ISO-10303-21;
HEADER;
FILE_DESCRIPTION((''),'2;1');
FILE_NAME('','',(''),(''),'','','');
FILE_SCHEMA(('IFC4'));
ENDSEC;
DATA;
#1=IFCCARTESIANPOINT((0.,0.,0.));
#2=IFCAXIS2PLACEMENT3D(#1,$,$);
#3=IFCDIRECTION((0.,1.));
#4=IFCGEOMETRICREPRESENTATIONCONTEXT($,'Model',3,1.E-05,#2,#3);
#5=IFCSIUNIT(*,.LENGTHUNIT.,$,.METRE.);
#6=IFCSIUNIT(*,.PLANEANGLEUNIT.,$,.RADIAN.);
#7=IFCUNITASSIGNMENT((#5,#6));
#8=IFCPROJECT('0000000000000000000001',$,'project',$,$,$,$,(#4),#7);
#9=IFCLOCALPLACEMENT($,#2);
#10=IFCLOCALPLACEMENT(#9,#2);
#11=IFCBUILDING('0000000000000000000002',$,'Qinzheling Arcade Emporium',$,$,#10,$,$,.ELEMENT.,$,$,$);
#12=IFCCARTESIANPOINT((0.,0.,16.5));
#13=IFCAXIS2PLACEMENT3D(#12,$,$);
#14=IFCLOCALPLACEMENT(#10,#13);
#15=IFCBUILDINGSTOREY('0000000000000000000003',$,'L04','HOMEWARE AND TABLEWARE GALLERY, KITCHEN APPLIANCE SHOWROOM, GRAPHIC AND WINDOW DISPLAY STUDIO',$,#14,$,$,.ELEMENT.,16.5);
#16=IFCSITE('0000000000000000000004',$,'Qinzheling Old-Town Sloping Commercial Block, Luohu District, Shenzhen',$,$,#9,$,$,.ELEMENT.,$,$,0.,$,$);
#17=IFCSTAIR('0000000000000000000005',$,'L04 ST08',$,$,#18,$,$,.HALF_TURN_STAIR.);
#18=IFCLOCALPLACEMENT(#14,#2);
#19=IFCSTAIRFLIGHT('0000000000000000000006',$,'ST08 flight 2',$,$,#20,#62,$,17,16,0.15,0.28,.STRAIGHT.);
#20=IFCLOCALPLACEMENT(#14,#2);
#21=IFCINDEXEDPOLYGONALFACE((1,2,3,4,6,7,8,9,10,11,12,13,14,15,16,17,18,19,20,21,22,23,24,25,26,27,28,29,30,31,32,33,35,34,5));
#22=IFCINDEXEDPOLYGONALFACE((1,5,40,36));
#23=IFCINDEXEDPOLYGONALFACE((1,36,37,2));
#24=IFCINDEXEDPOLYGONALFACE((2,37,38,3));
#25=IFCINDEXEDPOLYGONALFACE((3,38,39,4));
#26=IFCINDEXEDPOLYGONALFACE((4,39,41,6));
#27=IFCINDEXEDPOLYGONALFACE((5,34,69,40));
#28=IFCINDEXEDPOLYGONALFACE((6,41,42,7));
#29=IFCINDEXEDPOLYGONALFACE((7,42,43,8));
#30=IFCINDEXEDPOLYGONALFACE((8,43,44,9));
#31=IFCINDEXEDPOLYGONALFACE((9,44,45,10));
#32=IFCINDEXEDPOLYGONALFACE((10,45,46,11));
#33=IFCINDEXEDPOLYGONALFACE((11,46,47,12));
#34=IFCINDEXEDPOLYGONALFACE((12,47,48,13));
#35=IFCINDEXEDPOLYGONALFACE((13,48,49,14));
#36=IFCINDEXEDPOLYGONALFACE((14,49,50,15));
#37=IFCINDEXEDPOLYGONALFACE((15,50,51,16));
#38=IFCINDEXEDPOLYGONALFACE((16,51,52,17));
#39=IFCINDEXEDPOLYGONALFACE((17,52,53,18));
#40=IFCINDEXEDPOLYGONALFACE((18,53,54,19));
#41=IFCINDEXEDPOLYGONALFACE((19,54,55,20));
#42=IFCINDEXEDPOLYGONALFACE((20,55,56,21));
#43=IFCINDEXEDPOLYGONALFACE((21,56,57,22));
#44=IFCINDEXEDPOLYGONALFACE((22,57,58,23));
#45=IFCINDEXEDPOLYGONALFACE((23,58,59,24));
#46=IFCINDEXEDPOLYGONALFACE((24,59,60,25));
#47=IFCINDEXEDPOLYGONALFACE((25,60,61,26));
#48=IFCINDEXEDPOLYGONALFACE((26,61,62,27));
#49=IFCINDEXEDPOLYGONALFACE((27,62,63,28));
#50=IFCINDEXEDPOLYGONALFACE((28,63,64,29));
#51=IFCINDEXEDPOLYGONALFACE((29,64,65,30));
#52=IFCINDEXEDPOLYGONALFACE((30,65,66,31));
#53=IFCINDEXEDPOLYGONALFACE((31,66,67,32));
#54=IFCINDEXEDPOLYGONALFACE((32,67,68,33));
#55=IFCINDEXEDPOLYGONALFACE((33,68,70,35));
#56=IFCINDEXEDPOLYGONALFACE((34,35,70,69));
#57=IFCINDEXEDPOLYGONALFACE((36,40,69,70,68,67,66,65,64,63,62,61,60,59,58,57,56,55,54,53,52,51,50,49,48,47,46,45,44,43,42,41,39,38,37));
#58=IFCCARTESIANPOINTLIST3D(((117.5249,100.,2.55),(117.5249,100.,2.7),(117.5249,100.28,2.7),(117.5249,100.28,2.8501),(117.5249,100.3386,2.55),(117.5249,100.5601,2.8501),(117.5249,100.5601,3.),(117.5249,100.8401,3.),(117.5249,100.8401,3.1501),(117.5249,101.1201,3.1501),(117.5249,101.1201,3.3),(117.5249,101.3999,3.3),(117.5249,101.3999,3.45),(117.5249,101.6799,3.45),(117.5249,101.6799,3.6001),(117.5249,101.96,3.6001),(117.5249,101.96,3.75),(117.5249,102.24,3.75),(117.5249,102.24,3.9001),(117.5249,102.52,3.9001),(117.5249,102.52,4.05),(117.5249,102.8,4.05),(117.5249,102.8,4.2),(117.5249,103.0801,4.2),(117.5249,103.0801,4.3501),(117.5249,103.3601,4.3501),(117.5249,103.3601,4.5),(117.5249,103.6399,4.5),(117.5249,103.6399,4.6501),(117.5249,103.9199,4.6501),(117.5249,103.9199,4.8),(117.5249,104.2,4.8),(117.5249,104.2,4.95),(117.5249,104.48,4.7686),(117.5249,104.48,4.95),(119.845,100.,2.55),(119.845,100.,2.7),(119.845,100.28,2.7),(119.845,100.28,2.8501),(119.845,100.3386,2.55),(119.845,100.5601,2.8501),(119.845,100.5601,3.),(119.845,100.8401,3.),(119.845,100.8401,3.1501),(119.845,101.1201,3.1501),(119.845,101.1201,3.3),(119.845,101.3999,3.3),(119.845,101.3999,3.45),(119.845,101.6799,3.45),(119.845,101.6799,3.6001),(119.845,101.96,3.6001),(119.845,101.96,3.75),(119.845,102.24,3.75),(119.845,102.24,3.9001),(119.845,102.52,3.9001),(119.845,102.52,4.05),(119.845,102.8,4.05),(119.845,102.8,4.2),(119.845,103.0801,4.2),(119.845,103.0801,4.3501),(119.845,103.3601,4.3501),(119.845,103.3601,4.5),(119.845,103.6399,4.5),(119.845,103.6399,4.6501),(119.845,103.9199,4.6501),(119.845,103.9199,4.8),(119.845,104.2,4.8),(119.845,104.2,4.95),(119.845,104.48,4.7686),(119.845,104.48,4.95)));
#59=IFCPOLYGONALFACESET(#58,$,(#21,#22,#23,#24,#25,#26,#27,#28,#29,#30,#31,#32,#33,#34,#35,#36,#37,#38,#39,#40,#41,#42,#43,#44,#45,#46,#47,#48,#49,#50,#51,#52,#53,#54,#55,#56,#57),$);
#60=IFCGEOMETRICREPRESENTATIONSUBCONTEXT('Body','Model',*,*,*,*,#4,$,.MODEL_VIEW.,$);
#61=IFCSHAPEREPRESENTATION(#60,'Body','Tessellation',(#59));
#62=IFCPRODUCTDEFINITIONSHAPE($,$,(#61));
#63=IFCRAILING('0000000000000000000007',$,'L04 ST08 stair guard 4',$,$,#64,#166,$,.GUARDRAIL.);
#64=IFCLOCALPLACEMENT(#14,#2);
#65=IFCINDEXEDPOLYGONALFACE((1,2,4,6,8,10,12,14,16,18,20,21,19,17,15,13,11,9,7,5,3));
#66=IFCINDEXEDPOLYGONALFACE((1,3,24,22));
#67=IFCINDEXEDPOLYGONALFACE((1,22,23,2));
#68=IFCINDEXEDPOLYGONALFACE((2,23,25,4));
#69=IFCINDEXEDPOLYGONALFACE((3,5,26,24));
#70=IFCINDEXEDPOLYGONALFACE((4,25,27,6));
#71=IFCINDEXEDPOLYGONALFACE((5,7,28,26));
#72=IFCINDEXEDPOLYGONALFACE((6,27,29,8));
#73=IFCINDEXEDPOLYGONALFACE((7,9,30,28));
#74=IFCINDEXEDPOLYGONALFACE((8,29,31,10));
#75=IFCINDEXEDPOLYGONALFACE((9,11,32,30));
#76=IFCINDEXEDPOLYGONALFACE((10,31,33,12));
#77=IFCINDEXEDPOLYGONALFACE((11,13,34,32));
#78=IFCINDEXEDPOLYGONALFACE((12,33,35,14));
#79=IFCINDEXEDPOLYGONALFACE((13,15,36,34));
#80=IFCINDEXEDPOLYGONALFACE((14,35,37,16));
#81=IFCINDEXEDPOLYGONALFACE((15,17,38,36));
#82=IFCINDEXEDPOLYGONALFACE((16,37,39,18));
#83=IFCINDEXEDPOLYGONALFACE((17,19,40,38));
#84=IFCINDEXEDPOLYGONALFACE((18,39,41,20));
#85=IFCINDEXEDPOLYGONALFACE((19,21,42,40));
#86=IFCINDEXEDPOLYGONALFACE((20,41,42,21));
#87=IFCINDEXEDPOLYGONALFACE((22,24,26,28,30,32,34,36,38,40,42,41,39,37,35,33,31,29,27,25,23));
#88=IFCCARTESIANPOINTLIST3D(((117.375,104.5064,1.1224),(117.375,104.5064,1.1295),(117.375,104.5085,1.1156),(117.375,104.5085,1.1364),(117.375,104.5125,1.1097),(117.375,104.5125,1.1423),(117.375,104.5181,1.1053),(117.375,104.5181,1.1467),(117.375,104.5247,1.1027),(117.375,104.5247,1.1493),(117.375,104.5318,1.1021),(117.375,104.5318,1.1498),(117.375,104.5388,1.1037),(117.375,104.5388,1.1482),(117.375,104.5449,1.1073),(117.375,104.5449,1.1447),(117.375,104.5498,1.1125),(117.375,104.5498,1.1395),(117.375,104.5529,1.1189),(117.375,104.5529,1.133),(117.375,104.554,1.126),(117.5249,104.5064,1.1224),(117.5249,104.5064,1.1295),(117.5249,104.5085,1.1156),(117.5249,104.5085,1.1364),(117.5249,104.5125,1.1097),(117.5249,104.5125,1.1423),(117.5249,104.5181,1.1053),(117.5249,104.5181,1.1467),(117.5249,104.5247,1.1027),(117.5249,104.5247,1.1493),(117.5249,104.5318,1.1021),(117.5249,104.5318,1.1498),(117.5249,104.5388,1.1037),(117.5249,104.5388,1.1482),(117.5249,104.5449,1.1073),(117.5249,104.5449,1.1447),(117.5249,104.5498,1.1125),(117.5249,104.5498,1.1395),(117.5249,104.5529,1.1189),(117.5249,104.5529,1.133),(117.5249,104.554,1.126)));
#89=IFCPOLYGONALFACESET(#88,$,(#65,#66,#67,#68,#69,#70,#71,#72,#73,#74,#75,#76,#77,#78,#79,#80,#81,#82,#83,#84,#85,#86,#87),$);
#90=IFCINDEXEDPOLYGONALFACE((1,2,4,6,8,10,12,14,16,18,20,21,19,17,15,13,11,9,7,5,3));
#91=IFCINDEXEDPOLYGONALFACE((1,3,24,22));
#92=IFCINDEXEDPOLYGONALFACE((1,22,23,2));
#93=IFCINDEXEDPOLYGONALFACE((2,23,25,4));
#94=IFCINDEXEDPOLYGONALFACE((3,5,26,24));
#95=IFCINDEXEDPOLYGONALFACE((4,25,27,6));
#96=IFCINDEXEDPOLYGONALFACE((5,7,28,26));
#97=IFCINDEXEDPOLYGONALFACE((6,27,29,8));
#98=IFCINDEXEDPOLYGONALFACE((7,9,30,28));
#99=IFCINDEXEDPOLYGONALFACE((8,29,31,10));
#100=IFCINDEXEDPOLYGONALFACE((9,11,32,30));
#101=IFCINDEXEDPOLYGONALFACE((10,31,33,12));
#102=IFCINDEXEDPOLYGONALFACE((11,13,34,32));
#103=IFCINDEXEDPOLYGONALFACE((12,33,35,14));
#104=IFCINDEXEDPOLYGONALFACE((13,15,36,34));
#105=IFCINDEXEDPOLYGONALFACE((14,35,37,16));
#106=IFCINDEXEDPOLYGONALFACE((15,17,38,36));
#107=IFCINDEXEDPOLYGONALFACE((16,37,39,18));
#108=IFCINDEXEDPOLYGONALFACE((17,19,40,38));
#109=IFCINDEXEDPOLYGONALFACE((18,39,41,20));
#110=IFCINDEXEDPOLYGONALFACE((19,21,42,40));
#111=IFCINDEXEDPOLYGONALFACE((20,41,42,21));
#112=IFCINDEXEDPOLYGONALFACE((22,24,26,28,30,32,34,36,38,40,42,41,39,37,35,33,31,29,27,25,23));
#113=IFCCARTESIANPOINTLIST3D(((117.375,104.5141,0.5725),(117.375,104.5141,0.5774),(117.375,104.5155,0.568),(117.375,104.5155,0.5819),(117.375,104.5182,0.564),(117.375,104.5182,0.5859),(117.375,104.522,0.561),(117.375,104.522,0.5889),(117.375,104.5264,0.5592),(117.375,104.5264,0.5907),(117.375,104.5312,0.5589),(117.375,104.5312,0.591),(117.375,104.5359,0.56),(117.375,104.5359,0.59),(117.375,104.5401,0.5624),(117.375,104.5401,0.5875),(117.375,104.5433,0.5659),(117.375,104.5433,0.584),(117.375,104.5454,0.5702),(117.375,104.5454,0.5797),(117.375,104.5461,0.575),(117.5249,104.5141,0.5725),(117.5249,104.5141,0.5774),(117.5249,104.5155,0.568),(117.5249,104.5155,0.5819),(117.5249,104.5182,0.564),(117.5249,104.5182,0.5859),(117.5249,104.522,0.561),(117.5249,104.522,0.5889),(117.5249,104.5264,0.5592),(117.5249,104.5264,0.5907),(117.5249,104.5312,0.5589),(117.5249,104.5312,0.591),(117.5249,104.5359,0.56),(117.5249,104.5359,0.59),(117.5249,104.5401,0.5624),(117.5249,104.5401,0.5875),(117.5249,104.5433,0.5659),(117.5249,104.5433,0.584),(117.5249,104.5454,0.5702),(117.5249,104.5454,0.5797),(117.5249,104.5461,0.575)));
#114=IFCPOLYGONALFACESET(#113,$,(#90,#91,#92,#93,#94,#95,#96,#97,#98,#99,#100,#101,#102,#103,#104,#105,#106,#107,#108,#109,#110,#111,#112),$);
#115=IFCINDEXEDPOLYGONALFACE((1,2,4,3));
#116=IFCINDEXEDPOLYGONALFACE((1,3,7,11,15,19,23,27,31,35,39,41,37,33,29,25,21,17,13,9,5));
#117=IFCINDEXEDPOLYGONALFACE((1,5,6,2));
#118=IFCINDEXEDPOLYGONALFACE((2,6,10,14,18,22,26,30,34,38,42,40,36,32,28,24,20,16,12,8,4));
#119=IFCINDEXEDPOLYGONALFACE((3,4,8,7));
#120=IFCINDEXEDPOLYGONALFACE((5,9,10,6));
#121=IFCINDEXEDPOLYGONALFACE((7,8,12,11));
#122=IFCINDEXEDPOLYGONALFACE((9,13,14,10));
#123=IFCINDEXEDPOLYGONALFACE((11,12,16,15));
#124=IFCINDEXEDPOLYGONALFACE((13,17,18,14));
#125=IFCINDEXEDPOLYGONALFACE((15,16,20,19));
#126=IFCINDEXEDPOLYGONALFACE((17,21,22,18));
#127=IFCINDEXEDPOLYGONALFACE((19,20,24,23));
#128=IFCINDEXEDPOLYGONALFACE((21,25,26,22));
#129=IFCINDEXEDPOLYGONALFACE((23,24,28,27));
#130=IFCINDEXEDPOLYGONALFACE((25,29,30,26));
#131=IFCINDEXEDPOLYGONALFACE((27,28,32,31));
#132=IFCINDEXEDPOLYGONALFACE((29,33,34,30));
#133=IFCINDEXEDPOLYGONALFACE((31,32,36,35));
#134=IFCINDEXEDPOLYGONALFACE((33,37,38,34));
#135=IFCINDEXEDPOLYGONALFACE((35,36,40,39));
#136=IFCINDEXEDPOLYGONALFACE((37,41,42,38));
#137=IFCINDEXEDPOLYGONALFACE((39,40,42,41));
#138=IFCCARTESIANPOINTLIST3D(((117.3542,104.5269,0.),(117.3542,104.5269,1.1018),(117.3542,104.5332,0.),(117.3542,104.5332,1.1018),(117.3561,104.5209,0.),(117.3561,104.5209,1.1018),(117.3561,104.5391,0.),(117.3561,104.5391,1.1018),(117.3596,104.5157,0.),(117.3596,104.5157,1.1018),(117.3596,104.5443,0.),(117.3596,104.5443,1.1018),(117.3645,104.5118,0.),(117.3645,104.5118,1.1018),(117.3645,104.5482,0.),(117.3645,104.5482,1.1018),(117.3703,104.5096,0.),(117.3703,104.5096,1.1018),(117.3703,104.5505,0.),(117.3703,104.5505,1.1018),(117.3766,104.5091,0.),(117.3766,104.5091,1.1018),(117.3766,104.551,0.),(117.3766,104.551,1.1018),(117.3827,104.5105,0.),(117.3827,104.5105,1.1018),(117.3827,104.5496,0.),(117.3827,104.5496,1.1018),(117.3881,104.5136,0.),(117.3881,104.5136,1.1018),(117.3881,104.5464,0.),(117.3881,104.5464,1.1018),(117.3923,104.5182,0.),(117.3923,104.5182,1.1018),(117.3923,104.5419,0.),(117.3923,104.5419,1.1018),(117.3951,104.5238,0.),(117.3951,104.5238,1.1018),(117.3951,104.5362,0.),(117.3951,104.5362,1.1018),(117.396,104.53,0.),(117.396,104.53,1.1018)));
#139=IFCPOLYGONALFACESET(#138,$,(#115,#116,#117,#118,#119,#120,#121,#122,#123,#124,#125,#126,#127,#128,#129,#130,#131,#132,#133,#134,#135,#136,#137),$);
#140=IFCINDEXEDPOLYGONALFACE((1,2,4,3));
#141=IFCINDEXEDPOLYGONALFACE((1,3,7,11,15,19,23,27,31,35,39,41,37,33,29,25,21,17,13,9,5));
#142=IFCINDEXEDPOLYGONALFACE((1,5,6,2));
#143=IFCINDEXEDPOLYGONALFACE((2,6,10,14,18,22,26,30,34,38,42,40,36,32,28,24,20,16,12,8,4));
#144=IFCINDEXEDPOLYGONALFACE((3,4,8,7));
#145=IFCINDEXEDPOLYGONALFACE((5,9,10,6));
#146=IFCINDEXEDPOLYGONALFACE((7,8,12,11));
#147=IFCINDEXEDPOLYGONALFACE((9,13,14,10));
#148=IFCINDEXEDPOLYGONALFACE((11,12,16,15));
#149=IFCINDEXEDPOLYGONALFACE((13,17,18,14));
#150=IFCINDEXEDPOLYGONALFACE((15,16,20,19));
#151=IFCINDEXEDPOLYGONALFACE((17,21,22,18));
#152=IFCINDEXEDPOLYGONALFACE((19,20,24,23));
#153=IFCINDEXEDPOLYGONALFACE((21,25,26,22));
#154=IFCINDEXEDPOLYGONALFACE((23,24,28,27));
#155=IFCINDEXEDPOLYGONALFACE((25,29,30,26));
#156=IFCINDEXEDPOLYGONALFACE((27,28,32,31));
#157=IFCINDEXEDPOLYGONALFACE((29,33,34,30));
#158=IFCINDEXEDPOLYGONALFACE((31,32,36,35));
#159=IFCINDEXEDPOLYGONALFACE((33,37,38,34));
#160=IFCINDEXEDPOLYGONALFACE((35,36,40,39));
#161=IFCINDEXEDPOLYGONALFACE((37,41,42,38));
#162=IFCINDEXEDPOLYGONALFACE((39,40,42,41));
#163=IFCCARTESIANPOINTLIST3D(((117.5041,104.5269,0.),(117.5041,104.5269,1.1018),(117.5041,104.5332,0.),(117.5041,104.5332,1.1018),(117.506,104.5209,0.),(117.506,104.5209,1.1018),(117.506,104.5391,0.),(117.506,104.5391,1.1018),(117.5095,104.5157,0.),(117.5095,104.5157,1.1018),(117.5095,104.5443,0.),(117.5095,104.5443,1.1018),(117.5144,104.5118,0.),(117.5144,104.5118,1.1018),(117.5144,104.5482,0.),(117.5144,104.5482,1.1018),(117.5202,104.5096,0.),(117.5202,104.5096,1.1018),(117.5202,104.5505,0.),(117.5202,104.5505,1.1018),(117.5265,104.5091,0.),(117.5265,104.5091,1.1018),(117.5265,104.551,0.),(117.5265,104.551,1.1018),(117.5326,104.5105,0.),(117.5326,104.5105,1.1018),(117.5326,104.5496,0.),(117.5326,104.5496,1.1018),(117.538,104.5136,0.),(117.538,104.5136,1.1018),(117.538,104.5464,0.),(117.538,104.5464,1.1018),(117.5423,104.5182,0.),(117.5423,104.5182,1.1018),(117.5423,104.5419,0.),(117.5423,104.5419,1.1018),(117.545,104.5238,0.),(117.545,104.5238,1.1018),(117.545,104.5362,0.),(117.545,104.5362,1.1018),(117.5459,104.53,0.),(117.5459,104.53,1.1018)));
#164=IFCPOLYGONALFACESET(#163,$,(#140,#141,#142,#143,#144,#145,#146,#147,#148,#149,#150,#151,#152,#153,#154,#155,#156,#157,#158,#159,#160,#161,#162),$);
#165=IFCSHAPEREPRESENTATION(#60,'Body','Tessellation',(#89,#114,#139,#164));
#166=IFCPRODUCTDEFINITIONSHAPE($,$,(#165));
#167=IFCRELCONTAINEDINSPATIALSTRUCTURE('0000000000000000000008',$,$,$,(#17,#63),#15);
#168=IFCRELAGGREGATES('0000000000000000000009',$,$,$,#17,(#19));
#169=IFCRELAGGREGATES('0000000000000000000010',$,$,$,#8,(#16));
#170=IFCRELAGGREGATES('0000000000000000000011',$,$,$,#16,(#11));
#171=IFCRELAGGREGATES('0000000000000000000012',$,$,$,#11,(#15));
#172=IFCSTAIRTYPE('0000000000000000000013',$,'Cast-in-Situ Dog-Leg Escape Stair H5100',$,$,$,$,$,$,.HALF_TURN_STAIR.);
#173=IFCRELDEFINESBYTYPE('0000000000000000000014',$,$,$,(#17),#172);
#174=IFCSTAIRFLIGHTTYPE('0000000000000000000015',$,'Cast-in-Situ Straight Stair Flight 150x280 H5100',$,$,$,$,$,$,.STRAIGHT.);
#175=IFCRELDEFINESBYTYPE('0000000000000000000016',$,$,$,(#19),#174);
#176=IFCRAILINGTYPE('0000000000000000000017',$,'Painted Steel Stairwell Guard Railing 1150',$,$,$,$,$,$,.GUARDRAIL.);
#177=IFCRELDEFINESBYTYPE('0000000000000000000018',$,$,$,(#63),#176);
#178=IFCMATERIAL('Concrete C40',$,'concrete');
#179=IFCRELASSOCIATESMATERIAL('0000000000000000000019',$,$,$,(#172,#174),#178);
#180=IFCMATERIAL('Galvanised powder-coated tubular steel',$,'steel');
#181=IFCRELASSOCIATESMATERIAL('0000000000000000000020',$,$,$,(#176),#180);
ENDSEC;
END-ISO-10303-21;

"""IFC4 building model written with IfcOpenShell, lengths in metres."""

from ifc_helpers import new_model, si_unit, direction, frame, origin, origin_2d, place, context, subcontext, project, spatial, polyline, circle, outline, extrude, material, type_object, element, aggregate, save


model = new_model("IFC4")

# Units and contexts
model_context = context("Model", 3, precision=1e-05, world=origin(), true_north=direction((0.0, 1.0)))
body_context = subcontext(model_context, "Body", "Model", "MODEL_VIEW")
ifc_project = project(units=[si_unit("LENGTHUNIT", "METRE"), si_unit("PLANEANGLEUNIT", "RADIAN")], contexts=[model_context])

# Site, building, storey
site_placement = place(None, origin())
site = spatial("IfcSite", under=ifc_project, at=site_placement, Name="Qinzheling Old-Town Sloping Commercial Block, Luohu District, Shenzhen", CompositionType="ELEMENT", RefElevation=0.0)
building_placement = place(site_placement, origin())
building = spatial("IfcBuilding", under=site, at=building_placement, Name="Qinzheling Arcade Emporium", CompositionType="ELEMENT")
storey_placement = place(building_placement, frame((0.0, 0.0, 16.5)))
storey = spatial("IfcBuildingStorey", under=building, at=storey_placement, Name="L04", Description="HOMEWARE AND TABLEWARE GALLERY, KITCHEN APPLIANCE SHOWROOM, GRAPHIC AND WINDOW DISPLAY STUDIO", CompositionType="ELEMENT", Elevation=16.5)

# Shared definitions
ifc_material_1 = material(Name="Concrete C40", Category="concrete")

# Stair, stair flight
stair_type = type_object("IfcStairType", Name="Cast-in-Situ Dog-Leg Escape Stair H5100", PredefinedType="HALF_TURN_STAIR", material=ifc_material_1)
stair_placement = place(storey_placement, origin())
stair = element("IfcStair", 1, at=stair_placement, inside=storey, type_object=stair_type, Name="L04 ST08", PredefinedType="HALF_TURN_STAIR")
stair_flight_type = type_object("IfcStairFlightType", Name="Cast-in-Situ Straight Stair Flight 150x280 H5100", PredefinedType="STRAIGHT", material=ifc_material_1)
stair_flight_1_placement = place(storey_placement, frame((118.6851, 100.0, 2.55), z_axis=(0.0, 0.0, 1.0), x_axis=(0.0, 1.0, 0.0)))
stair_flight_1 = element("IfcStairFlight", 2, at=stair_flight_1_placement, type_object=stair_flight_type, Name="ST08 flight 2", NumberOfRisers=17, NumberOfTreads=16, PredefinedType="STRAIGHT", RiserHeight=0.15, TreadLength=0.28, context=body_context, shape_type="SweptSolid", body=[
    extrude(outline(polyline([(0.0, 0.0), (0.0, 0.1499), (0.28, 0.1499), (0.28, 0.3), (0.5601, 0.3), (0.5601, 0.45), (0.8401, 0.45), (0.8401, 0.6001), (1.1201, 0.6001), (1.1201, 0.75), (1.3999, 0.75), (1.3999, 0.8999), (1.6799, 0.8999), (1.6799, 1.05), (1.96, 1.05), (1.96, 1.2), (2.24, 1.2), (2.24, 1.3501), (2.52, 1.3501), (2.52, 1.5), (2.8, 1.5), (2.8, 1.6499), (3.0801, 1.6499), (3.0801, 1.8), (3.3601, 1.8), (3.3601, 1.95), (3.6399, 1.95), (3.6399, 2.1001), (3.9199, 2.1001), (3.9199, 2.25), (4.2, 2.25), (4.2, 2.3999), (4.48, 2.3999), (4.48, 2.55), (4.48, 2.2185), (0.3386, 0.0), (0.0, 0.0)])), frame((0.0, 1.1602, 0.0), z_axis=(0.0, -1.0, 0.0), x_axis=(1.0, 0.0, 0.0)), (0.0, 0.0, 1.0), 2.3201),
])
aggregate(stair, [stair_flight_1])

# Railing
ifc_material_2 = material(Name="Galvanised powder-coated tubular steel", Category="steel")
railing_type_1 = type_object("IfcRailingType", Name="Painted Steel Stairwell Guard Railing 1150", PredefinedType="GUARDRAIL", material=ifc_material_2)
railing_1_placement = place(storey_placement, frame((117.375, 104.53, 0.0)))
element("IfcRailing", 3, at=railing_1_placement, inside=storey, type_object=railing_type_1, Name="L04 ST08 stair guard 4", PredefinedType="GUARDRAIL", context=body_context, shape_type="SweptSolid", body=[
    extrude(circle(Radius=0.0239, at=origin_2d()), frame((0.0, 0.0, 1.126), z_axis=(1.0, 0.0, 0.0), x_axis=(0.0, 1.0, 0.0)), (0.0, 0.0, 1.0), 0.1499),
    extrude(circle(Radius=0.0161, at=origin_2d()), frame((0.0, 0.0, 0.575), z_axis=(1.0, 0.0, 0.0), x_axis=(0.0, 1.0, 0.0)), (0.0, 0.0, 1.0), 0.1499),
    extrude(circle(Radius=0.021, at=origin_2d()), origin(), (0.0, 0.0, 1.0), 1.1018),
    extrude(circle(Radius=0.021, at=origin_2d()), frame((0.1499, 0.0, 0.0)), (0.0, 0.0, 1.0), 1.1018),
])

save(model, "model.ifc")
